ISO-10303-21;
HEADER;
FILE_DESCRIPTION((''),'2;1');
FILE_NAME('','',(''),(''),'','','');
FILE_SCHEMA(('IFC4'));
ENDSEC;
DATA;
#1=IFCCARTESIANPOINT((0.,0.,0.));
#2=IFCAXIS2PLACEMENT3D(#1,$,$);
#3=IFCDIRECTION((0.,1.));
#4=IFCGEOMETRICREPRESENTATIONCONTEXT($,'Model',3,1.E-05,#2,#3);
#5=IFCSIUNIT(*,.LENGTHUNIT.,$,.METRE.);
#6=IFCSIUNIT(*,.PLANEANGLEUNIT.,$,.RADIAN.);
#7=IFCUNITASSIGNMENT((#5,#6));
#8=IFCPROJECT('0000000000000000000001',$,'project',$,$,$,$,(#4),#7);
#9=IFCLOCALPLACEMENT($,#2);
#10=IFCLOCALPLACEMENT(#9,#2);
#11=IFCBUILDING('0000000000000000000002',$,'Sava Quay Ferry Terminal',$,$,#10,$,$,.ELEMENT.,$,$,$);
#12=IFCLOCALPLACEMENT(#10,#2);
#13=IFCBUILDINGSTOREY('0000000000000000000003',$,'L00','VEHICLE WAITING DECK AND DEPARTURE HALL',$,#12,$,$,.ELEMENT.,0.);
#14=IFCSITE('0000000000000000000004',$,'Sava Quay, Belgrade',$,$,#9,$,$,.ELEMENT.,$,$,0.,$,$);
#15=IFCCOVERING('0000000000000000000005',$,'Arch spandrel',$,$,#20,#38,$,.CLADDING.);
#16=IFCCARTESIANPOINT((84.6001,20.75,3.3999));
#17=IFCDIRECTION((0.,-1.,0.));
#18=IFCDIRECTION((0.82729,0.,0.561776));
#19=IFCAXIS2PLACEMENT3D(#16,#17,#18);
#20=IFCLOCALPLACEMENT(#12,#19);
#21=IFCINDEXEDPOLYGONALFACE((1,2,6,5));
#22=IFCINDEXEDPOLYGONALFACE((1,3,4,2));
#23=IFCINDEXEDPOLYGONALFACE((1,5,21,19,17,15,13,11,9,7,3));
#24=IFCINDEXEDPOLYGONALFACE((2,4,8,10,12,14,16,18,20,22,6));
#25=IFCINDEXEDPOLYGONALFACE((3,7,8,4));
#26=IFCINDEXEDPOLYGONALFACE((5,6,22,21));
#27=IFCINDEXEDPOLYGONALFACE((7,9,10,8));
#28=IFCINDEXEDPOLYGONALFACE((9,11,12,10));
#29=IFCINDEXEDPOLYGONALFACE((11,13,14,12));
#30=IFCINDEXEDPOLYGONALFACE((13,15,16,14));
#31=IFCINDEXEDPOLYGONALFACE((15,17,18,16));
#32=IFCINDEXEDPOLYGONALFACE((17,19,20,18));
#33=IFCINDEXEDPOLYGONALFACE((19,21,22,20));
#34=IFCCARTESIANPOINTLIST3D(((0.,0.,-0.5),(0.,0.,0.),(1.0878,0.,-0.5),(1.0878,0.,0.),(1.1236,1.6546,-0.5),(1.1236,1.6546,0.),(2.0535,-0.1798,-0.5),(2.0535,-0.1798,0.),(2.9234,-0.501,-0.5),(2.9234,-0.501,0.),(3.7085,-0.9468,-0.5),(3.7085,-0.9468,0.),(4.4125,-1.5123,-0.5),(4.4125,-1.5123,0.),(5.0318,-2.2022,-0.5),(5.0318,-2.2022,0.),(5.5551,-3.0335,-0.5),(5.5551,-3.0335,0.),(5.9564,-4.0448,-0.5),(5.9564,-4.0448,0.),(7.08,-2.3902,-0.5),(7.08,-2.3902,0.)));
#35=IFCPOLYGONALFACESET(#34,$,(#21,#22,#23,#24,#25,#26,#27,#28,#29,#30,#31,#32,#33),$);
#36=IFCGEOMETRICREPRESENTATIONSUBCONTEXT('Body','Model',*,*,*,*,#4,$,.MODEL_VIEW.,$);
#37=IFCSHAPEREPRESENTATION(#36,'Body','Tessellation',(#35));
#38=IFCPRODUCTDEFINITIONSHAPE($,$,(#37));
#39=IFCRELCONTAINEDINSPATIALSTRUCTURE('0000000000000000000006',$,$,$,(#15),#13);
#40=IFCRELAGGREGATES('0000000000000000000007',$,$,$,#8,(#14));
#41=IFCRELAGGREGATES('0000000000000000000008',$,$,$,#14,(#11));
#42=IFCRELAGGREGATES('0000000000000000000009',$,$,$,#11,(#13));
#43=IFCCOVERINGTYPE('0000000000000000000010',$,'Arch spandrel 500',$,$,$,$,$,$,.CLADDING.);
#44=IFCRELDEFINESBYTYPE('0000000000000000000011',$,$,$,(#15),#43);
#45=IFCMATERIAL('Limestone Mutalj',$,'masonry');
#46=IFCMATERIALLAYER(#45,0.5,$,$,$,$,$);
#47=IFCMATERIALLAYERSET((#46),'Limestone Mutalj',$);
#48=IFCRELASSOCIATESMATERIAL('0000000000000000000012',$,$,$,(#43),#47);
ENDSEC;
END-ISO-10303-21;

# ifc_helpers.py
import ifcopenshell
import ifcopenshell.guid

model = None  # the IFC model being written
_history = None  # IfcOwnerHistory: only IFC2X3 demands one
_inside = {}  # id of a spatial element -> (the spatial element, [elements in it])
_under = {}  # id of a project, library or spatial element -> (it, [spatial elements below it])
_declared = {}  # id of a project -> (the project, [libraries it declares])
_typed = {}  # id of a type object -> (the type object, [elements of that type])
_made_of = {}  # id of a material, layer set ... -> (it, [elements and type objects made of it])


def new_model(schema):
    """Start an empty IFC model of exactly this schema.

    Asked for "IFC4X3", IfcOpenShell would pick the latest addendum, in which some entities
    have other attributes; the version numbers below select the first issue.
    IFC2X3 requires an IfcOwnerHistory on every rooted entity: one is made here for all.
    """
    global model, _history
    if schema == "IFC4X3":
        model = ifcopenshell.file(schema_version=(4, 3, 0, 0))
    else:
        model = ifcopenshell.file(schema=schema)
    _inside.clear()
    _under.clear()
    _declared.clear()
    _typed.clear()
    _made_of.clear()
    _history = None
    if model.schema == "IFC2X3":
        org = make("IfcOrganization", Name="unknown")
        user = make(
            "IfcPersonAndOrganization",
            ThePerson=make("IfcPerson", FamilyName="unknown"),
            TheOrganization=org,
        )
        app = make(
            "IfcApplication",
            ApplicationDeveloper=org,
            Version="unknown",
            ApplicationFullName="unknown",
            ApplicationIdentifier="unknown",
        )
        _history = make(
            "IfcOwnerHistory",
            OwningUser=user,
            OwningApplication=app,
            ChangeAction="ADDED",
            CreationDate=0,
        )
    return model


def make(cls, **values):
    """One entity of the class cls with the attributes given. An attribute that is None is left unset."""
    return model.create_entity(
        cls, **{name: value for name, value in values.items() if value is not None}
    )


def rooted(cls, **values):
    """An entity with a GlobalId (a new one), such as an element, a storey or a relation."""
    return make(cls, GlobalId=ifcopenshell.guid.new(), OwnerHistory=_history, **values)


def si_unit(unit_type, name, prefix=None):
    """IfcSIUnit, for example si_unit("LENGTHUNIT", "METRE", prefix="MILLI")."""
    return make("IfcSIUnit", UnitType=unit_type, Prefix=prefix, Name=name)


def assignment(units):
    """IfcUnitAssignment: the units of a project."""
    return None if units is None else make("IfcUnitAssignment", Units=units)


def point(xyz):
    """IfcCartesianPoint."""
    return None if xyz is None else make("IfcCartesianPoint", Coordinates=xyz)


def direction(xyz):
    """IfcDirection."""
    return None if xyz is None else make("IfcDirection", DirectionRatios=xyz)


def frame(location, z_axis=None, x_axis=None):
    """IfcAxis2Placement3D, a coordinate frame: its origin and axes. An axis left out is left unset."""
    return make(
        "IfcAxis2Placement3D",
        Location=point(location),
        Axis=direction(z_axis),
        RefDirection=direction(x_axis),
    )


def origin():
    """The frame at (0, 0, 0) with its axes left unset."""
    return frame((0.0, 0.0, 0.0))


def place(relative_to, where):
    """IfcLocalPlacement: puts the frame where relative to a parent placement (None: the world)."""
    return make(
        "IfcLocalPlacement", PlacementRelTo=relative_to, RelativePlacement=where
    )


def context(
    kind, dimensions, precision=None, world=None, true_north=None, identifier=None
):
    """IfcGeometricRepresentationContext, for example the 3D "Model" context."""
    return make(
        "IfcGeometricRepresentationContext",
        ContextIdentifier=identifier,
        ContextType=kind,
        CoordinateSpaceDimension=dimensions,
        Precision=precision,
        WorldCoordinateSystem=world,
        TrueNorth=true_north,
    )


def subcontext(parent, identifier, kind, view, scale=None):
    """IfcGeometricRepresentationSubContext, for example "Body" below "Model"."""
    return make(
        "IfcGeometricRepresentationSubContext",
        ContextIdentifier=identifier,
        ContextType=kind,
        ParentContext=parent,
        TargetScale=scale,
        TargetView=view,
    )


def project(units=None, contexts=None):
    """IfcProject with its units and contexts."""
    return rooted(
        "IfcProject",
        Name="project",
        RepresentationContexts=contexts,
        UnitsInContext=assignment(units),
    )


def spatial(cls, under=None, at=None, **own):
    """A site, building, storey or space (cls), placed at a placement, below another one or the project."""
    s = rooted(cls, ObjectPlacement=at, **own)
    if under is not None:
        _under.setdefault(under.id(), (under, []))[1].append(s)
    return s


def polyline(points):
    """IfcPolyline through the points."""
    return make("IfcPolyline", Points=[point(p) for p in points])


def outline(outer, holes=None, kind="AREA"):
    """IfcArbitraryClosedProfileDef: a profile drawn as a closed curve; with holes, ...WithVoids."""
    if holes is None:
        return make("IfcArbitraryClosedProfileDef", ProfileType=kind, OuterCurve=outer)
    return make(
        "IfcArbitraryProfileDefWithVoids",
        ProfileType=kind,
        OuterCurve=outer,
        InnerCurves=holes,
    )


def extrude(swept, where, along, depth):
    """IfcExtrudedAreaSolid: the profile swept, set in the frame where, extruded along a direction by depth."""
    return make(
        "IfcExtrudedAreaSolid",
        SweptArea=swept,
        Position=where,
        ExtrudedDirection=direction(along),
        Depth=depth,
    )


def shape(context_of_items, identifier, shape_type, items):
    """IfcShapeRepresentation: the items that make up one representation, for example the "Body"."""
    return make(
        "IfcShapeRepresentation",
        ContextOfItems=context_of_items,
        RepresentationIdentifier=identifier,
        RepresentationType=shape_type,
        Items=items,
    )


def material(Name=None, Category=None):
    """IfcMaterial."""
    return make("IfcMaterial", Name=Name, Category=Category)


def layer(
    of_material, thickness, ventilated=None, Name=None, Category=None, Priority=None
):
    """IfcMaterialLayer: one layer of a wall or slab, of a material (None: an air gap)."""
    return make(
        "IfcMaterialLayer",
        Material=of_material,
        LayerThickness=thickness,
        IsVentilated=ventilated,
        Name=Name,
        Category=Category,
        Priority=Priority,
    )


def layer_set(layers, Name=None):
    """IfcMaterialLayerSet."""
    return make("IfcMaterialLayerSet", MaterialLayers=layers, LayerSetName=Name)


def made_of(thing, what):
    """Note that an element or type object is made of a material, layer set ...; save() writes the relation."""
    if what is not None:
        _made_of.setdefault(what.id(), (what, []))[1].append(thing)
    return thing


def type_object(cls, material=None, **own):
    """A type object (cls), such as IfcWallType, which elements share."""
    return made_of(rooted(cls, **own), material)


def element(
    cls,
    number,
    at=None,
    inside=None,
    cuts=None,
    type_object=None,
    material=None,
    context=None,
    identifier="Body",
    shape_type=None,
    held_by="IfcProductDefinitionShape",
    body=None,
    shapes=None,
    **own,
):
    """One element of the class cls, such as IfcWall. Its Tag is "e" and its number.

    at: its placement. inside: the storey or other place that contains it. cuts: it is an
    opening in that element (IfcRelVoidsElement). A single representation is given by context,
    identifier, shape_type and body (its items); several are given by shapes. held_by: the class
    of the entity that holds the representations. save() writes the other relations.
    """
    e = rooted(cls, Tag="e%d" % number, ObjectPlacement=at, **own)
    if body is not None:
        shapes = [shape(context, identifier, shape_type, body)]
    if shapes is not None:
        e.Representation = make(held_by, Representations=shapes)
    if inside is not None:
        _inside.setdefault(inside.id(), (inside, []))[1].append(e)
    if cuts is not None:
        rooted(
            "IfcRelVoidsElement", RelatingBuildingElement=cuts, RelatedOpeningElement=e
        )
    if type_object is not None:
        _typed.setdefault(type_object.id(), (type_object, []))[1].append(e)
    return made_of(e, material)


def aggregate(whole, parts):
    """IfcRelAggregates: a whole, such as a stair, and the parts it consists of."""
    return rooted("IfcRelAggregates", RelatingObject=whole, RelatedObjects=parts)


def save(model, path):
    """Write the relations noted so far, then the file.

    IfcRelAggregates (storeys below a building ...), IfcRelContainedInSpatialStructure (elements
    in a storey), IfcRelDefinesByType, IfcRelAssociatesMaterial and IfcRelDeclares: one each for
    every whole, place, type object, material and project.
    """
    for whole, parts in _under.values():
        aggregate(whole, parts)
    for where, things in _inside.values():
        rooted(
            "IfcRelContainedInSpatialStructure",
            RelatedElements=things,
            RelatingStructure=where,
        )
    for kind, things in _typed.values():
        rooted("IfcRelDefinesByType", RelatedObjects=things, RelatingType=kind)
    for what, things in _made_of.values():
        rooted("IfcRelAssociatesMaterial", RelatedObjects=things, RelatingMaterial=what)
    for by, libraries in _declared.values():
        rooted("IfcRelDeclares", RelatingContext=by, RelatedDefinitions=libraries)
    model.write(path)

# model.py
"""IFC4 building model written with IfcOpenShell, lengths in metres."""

from ifc_helpers import new_model, si_unit, direction, frame, origin, place, context, subcontext, project, spatial, polyline, outline, extrude, material, layer, layer_set, type_object, element, save


model = new_model("IFC4")

# Units and contexts
model_context = context("Model", 3, precision=1e-05, world=origin(), true_north=direction((0.0, 1.0)))
body_context = subcontext(model_context, "Body", "Model", "MODEL_VIEW")
ifc_project = project(units=[si_unit("LENGTHUNIT", "METRE"), si_unit("PLANEANGLEUNIT", "RADIAN")], contexts=[model_context])

# Site, building, storey
site_placement = place(None, origin())
site = spatial("IfcSite", under=ifc_project, at=site_placement, Name="Sava Quay, Belgrade", CompositionType="ELEMENT", RefElevation=0.0)
building_placement = place(site_placement, origin())
building = spatial("IfcBuilding", under=site, at=building_placement, Name="Sava Quay Ferry Terminal", CompositionType="ELEMENT")
storey_placement = place(building_placement, origin())
storey = spatial("IfcBuildingStorey", under=building, at=storey_placement, Name="L00", Description="VEHICLE WAITING DECK AND DEPARTURE HALL", CompositionType="ELEMENT", Elevation=0.0)

# Covering
ifc_material_1 = material(Name="Limestone Mutalj", Category="masonry")
ifc_layer_1 = layer(ifc_material_1, 0.5)
ifc_layer_set_1 = layer_set([ifc_layer_1], Name="Limestone Mutalj")
covering_type_1 = type_object("IfcCoveringType", Name="Arch spandrel 500", PredefinedType="CLADDING", material=ifc_layer_set_1)
covering_1_placement = place(storey_placement, frame((84.6001, 20.75, 3.3999), z_axis=(0.0, -1.0, 0.0), x_axis=(0.82729, 0.0, 0.561776)))
element("IfcCovering", 1, at=covering_1_placement, inside=storey, type_object=covering_type_1, Name="Arch spandrel", PredefinedType="CLADDING", context=body_context, shape_type="SweptSolid", body=[
    extrude(outline(polyline([(0.0, 0.0), (1.0878, 0.0), (2.0535, -0.1798), (2.9234, -0.501), (3.7085, -0.9468), (4.4125, -1.5123), (5.0318, -2.2022), (5.5551, -3.0335), (5.9564, -4.0448), (7.08, -2.3902), (1.1236, 1.6546), (0.0, 0.0)])), origin(), (0.0, 0.0, -1.0), 0.5),
])

save(model, "model.ifc")
